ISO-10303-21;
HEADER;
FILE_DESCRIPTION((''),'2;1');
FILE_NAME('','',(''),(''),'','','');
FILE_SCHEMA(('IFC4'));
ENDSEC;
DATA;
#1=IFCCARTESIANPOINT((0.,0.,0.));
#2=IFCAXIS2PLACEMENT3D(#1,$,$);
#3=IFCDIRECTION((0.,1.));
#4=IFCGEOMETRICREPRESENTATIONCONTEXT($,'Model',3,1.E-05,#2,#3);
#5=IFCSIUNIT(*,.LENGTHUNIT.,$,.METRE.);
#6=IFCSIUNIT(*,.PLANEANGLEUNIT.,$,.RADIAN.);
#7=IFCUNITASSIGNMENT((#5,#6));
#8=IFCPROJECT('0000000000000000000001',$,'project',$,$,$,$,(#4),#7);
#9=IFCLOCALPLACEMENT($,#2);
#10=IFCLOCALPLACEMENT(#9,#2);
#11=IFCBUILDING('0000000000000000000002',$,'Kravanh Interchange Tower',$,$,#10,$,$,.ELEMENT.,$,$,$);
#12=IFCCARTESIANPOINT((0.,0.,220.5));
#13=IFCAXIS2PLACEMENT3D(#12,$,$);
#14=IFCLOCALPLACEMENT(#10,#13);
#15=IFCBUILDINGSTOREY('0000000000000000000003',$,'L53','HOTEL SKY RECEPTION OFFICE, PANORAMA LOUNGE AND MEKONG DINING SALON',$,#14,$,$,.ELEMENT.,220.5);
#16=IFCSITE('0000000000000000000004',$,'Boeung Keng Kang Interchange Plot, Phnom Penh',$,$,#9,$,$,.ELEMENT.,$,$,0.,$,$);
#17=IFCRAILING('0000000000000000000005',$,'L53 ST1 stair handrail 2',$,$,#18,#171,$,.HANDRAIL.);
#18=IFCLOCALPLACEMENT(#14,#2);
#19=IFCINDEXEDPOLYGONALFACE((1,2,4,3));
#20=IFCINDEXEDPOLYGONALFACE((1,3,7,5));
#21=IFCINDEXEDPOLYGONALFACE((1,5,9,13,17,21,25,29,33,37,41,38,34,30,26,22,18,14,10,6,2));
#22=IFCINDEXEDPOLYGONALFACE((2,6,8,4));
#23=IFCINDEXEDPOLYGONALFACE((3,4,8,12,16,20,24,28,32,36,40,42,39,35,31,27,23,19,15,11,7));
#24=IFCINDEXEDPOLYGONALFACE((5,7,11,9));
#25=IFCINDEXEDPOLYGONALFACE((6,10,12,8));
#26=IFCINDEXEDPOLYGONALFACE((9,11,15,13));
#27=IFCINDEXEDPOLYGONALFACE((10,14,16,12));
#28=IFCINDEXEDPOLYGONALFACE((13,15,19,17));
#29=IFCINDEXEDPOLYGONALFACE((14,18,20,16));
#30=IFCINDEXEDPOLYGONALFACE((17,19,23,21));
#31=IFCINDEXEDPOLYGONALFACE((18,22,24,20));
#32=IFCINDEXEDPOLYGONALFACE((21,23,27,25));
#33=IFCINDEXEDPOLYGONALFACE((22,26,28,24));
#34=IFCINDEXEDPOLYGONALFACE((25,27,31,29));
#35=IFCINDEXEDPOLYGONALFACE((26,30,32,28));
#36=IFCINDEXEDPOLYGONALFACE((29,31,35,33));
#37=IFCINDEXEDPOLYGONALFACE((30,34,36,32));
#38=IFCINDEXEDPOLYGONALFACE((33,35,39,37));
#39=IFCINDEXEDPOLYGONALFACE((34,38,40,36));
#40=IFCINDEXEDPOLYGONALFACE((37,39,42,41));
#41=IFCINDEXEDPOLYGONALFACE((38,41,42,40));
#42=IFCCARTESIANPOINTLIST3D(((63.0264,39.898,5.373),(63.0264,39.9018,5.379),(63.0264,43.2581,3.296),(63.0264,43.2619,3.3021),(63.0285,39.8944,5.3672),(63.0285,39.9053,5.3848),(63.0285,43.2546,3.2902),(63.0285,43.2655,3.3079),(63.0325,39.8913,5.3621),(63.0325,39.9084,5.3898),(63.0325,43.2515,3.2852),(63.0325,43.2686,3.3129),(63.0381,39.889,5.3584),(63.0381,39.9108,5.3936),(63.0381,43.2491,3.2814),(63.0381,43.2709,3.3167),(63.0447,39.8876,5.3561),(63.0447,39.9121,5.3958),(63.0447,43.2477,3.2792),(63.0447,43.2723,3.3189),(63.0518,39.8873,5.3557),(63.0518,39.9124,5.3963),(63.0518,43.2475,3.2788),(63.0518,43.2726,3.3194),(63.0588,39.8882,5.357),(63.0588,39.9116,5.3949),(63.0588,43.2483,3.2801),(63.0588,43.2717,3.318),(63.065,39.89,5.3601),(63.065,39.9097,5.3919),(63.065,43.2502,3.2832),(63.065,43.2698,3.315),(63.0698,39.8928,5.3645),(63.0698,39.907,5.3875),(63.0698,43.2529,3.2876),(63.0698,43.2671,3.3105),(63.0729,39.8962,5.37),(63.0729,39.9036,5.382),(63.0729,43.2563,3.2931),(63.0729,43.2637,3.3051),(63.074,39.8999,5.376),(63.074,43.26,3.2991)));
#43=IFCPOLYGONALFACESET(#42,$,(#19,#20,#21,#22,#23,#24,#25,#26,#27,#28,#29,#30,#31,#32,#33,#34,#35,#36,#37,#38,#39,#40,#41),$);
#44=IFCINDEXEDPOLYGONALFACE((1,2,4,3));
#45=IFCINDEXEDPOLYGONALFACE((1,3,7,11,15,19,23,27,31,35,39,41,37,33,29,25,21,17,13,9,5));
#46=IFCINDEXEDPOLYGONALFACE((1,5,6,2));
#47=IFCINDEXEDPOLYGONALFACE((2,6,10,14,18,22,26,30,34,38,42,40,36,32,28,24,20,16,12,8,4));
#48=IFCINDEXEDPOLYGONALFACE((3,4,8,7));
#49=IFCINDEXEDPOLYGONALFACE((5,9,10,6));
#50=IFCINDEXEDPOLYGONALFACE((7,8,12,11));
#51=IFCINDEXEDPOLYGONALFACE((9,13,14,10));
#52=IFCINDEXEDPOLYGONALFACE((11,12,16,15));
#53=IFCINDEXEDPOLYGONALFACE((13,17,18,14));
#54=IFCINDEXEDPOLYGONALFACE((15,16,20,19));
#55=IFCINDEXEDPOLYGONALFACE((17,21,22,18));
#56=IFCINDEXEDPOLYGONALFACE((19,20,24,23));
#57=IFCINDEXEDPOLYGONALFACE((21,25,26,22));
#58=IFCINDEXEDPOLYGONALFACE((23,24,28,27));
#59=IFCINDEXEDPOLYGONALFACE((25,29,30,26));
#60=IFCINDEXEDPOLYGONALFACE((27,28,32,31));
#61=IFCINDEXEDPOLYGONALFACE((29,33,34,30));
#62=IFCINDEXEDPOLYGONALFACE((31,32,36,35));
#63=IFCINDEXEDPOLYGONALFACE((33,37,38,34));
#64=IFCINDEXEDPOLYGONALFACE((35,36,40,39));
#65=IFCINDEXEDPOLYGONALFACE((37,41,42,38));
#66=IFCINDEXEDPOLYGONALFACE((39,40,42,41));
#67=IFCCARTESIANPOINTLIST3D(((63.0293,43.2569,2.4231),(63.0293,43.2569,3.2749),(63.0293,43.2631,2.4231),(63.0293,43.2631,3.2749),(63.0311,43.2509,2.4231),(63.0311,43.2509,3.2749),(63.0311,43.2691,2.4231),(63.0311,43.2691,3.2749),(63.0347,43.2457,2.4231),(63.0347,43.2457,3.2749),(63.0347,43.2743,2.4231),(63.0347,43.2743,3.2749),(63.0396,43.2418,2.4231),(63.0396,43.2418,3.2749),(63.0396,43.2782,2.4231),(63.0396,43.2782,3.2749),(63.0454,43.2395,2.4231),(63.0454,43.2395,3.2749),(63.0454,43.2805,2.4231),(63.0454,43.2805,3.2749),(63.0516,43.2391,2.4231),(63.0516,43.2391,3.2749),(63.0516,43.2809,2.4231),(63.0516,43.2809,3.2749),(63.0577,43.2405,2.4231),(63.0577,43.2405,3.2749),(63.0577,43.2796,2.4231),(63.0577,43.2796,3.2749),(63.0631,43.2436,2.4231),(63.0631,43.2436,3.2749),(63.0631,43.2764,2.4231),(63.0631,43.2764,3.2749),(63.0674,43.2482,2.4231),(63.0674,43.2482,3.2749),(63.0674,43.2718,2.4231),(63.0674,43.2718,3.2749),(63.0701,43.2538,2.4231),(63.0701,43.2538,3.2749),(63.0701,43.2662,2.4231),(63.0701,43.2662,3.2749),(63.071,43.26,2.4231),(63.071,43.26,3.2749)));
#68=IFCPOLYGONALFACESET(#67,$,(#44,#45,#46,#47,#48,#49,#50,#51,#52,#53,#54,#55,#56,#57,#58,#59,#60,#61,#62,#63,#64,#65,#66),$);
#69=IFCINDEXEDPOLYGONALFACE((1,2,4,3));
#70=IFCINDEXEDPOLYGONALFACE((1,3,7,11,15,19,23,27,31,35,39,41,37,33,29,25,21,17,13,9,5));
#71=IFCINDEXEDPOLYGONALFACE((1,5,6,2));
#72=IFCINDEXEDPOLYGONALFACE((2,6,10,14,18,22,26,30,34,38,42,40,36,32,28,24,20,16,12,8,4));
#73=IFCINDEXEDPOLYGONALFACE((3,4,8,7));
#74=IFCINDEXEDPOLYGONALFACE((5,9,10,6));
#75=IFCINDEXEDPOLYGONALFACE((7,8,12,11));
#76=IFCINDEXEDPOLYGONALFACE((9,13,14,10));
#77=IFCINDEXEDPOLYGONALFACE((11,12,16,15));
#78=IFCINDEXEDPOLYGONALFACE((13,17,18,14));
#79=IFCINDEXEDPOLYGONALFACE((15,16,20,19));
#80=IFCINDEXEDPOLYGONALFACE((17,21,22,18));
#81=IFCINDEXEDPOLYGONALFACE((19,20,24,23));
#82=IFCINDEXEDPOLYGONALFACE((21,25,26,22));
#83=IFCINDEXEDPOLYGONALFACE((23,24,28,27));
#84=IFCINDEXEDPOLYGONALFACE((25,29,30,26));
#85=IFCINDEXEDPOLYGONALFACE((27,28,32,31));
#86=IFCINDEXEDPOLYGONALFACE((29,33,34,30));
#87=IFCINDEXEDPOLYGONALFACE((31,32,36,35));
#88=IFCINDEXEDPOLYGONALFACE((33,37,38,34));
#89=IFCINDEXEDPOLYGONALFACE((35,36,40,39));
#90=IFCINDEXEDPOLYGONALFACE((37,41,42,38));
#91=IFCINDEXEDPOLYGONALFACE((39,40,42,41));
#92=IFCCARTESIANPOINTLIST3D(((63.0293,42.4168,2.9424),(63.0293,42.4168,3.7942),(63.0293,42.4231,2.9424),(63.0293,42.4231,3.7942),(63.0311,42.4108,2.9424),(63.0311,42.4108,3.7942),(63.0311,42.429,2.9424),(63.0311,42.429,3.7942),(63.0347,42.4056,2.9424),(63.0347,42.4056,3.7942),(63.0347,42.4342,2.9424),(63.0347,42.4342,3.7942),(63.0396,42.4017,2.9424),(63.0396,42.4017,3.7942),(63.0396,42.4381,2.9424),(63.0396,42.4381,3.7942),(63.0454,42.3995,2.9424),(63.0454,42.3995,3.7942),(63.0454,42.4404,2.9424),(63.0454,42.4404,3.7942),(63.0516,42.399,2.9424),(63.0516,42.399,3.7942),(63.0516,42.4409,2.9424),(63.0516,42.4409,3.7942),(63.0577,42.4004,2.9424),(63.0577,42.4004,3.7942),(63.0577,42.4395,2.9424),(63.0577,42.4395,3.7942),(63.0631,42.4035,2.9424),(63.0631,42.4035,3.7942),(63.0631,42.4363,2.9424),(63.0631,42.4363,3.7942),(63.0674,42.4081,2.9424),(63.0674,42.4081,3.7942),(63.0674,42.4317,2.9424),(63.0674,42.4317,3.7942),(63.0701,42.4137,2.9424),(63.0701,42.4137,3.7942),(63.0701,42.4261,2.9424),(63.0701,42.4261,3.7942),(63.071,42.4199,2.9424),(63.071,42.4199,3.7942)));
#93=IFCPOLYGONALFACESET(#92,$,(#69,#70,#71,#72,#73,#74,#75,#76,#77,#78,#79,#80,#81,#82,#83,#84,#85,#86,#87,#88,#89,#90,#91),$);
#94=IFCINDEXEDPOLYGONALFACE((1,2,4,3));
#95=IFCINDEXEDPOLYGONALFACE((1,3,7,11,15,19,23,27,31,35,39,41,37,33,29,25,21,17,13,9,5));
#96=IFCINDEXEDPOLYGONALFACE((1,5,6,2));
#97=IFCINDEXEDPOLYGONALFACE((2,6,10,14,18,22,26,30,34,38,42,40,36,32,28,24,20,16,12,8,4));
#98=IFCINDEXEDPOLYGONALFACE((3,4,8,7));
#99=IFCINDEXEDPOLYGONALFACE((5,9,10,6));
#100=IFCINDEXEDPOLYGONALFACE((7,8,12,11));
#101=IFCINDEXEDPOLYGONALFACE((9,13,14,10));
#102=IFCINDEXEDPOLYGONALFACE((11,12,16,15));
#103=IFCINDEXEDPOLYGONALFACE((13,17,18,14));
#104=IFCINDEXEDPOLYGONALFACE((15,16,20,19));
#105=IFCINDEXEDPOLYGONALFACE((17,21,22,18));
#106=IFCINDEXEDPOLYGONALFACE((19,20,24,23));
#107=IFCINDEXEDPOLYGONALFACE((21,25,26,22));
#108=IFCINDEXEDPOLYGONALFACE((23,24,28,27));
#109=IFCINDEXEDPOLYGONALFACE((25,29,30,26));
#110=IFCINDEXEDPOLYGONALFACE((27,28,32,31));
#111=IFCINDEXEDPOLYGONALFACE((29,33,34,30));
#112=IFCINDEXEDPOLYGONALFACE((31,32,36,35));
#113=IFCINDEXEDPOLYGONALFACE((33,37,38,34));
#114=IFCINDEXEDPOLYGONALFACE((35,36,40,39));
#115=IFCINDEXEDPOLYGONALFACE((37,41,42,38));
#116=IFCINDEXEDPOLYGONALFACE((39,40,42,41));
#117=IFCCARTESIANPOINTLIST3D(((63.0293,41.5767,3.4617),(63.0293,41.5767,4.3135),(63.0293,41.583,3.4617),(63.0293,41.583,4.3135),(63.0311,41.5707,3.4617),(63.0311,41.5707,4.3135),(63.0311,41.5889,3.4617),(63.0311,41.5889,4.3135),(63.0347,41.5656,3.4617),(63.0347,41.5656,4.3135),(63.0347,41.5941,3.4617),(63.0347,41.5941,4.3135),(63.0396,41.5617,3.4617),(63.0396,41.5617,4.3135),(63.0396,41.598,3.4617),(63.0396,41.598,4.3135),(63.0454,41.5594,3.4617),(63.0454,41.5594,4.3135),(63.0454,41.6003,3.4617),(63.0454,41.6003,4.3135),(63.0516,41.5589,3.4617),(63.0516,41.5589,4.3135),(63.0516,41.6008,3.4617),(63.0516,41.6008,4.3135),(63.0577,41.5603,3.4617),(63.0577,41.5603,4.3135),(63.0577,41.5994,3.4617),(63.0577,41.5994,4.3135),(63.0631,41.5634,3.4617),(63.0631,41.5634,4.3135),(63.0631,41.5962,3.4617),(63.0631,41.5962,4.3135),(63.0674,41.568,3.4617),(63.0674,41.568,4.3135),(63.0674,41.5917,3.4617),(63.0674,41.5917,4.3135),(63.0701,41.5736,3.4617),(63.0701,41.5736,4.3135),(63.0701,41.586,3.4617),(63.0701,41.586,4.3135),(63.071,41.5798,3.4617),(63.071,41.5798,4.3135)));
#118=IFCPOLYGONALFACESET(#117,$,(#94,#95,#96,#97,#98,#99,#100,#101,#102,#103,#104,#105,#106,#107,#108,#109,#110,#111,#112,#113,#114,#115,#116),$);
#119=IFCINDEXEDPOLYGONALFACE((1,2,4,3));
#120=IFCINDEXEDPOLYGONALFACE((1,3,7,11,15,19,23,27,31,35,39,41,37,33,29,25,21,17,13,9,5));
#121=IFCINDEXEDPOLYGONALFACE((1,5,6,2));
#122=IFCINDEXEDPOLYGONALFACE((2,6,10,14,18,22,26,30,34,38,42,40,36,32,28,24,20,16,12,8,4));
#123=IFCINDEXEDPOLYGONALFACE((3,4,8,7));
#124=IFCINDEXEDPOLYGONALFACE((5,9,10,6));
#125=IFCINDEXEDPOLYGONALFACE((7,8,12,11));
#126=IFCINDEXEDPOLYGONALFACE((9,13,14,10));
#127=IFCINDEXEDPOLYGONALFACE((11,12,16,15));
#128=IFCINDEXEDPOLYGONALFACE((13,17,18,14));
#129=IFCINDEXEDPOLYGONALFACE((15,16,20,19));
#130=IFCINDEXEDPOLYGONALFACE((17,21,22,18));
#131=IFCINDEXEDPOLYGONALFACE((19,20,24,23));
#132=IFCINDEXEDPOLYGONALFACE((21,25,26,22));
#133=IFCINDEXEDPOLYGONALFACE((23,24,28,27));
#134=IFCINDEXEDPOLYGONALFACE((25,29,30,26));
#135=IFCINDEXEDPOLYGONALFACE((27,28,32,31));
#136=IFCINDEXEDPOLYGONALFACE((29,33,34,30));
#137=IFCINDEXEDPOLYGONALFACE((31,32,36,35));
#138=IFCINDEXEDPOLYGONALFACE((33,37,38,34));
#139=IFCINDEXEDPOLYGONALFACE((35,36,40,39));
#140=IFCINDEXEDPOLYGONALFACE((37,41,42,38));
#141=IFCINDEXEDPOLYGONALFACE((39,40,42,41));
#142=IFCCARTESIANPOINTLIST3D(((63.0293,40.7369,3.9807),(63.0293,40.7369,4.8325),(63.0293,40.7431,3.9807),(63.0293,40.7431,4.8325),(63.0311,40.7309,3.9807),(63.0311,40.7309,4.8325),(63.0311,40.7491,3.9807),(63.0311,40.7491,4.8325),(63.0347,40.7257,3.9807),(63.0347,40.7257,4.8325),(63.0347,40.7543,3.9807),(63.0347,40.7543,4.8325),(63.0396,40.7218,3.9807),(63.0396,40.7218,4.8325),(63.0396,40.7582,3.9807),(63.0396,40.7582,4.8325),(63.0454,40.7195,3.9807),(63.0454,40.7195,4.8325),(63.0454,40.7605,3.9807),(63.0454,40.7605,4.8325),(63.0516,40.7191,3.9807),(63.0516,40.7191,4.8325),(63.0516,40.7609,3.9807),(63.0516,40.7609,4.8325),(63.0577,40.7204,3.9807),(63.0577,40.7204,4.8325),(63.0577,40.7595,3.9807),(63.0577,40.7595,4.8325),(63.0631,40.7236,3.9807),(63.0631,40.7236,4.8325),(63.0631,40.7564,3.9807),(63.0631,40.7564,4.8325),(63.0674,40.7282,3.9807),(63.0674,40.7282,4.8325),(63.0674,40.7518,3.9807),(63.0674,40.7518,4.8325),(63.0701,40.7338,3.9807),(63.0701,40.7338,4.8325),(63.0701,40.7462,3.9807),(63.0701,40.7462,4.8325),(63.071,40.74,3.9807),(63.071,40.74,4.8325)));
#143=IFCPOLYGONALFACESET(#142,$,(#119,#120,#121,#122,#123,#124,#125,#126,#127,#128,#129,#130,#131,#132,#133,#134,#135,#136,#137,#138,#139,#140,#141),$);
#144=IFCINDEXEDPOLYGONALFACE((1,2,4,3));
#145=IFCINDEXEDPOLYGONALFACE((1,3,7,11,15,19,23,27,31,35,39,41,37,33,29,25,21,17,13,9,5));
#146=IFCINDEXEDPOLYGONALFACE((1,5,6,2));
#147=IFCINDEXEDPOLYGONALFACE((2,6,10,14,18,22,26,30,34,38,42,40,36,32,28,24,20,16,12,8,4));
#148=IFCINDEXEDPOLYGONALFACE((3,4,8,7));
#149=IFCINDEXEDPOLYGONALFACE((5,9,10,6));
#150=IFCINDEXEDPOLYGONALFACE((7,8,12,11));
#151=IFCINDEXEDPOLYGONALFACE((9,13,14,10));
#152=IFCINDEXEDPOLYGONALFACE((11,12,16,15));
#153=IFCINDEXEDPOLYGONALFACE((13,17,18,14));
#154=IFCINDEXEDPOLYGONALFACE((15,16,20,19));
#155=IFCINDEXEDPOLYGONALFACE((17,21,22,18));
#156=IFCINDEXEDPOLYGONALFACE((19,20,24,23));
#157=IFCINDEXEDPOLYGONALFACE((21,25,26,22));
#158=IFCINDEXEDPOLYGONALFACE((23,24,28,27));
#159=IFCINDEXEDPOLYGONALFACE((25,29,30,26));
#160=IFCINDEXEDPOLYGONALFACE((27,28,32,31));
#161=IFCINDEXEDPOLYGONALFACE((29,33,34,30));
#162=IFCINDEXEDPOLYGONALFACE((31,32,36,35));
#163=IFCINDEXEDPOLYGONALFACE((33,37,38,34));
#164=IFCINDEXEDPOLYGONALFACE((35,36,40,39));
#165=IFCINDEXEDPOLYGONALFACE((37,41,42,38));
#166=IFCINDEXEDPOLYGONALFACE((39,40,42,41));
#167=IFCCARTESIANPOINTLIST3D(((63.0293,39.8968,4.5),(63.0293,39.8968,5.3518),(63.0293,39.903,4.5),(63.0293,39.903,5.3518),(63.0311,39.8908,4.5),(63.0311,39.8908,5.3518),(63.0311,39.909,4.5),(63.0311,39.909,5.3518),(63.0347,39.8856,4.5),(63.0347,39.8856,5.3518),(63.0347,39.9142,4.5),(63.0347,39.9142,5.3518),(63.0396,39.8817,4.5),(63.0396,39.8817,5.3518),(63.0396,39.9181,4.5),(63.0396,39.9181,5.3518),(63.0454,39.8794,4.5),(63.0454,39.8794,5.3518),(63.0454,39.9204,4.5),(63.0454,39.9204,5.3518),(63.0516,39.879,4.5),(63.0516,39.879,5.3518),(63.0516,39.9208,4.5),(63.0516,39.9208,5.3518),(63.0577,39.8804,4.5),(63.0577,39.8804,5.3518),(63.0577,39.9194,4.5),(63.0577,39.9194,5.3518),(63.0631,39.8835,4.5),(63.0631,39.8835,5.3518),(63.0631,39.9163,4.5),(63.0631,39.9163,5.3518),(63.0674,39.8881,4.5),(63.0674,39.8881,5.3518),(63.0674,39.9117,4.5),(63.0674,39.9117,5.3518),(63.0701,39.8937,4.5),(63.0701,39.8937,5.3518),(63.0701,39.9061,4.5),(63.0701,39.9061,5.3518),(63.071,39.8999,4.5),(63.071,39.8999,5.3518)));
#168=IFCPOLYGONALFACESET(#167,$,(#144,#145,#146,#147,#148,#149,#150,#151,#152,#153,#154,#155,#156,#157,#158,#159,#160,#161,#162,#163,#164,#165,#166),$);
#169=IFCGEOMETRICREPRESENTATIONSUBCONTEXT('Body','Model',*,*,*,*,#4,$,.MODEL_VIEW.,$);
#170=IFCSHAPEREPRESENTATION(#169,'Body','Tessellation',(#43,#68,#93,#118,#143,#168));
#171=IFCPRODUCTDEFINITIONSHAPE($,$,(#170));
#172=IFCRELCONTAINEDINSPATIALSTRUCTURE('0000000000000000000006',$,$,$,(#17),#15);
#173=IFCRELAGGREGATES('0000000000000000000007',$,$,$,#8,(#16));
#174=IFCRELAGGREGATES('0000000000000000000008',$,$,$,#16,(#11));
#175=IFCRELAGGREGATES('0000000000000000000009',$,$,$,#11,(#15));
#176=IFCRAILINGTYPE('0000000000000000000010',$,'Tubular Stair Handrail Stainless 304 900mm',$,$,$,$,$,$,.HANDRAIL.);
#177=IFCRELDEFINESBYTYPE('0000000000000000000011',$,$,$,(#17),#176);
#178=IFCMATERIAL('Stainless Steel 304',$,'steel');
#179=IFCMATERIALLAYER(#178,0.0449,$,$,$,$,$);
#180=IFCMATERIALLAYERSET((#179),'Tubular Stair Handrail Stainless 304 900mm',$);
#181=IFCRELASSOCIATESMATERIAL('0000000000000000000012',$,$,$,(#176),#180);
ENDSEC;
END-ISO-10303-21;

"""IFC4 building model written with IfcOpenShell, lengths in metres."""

from ifc_helpers import new_model, si_unit, direction, frame, origin, origin_2d, place, context, subcontext, project, spatial, circle, extrude, material, layer, layer_set, type_object, element, save


model = new_model("IFC4")

# Units and contexts
model_context = context("Model", 3, precision=1e-05, world=origin(), true_north=direction((0.0, 1.0)))
body_context = subcontext(model_context, "Body", "Model", "MODEL_VIEW")
ifc_project = project(units=[si_unit("LENGTHUNIT", "METRE"), si_unit("PLANEANGLEUNIT", "RADIAN")], contexts=[model_context])

# Site, building, storey
site_placement = place(None, origin())
site = spatial("IfcSite", under=ifc_project, at=site_placement, Name="Boeung Keng Kang Interchange Plot, Phnom Penh", CompositionType="ELEMENT", RefElevation=0.0)
building_placement = place(site_placement, origin())
building = spatial("IfcBuilding", under=site, at=building_placement, Name="Kravanh Interchange Tower", CompositionType="ELEMENT")
storey_placement = place(building_placement, frame((0.0, 0.0, 220.5)))
storey = spatial("IfcBuildingStorey", under=building, at=storey_placement, Name="L53", Description="HOTEL SKY RECEPTION OFFICE, PANORAMA LOUNGE AND MEKONG DINING SALON", CompositionType="ELEMENT", Elevation=220.5)

# Railing
ifc_material_1 = material(Name="Stainless Steel 304", Category="steel")
ifc_layer_1 = layer(ifc_material_1, 0.0449)
ifc_layer_set_1 = layer_set([ifc_layer_1], Name="Tubular Stair Handrail Stainless 304 900mm")
railing_type_1 = type_object("IfcRailingType", Name="Tubular Stair Handrail Stainless 304 900mm", PredefinedType="HANDRAIL", material=ifc_layer_set_1)
railing_1_placement = place(storey_placement, frame((63.05, 43.26, 2.4231)))
element("IfcRailing", 1, at=railing_1_placement, inside=storey, type_object=railing_type_1, Name="L53 ST1 stair handrail 2", PredefinedType="HANDRAIL", context=body_context, shape_type="SweptSolid", body=[
    extrude(circle(Radius=0.0239, at=origin_2d()), frame((0.0, 0.0, 0.876), z_axis=(0.0, -0.850623, 0.525776), x_axis=(1.0, 0.0, 0.0)), (0.0, 0.0, 1.0), 3.9502),
    extrude(circle(Radius=0.021, at=origin_2d()), origin(), (0.0, 0.0, 1.0), 0.8518),
    extrude(circle(Radius=0.021, at=origin_2d()), frame((0.0, -0.8401, 0.5193)), (0.0, 0.0, 1.0), 0.8518),
    extrude(circle(Radius=0.021, at=origin_2d()), frame((0.0, -1.6802, 1.0386)), (0.0, 0.0, 1.0), 0.8518),
    extrude(circle(Radius=0.021, at=origin_2d()), frame((0.0, -2.52, 1.5576)), (0.0, 0.0, 1.0), 0.8518),
    extrude(circle(Radius=0.021, at=origin_2d()), frame((0.0, -3.3601, 2.0769)), (0.0, 0.0, 1.0), 0.8518),
])

save(model, "model.ifc")
